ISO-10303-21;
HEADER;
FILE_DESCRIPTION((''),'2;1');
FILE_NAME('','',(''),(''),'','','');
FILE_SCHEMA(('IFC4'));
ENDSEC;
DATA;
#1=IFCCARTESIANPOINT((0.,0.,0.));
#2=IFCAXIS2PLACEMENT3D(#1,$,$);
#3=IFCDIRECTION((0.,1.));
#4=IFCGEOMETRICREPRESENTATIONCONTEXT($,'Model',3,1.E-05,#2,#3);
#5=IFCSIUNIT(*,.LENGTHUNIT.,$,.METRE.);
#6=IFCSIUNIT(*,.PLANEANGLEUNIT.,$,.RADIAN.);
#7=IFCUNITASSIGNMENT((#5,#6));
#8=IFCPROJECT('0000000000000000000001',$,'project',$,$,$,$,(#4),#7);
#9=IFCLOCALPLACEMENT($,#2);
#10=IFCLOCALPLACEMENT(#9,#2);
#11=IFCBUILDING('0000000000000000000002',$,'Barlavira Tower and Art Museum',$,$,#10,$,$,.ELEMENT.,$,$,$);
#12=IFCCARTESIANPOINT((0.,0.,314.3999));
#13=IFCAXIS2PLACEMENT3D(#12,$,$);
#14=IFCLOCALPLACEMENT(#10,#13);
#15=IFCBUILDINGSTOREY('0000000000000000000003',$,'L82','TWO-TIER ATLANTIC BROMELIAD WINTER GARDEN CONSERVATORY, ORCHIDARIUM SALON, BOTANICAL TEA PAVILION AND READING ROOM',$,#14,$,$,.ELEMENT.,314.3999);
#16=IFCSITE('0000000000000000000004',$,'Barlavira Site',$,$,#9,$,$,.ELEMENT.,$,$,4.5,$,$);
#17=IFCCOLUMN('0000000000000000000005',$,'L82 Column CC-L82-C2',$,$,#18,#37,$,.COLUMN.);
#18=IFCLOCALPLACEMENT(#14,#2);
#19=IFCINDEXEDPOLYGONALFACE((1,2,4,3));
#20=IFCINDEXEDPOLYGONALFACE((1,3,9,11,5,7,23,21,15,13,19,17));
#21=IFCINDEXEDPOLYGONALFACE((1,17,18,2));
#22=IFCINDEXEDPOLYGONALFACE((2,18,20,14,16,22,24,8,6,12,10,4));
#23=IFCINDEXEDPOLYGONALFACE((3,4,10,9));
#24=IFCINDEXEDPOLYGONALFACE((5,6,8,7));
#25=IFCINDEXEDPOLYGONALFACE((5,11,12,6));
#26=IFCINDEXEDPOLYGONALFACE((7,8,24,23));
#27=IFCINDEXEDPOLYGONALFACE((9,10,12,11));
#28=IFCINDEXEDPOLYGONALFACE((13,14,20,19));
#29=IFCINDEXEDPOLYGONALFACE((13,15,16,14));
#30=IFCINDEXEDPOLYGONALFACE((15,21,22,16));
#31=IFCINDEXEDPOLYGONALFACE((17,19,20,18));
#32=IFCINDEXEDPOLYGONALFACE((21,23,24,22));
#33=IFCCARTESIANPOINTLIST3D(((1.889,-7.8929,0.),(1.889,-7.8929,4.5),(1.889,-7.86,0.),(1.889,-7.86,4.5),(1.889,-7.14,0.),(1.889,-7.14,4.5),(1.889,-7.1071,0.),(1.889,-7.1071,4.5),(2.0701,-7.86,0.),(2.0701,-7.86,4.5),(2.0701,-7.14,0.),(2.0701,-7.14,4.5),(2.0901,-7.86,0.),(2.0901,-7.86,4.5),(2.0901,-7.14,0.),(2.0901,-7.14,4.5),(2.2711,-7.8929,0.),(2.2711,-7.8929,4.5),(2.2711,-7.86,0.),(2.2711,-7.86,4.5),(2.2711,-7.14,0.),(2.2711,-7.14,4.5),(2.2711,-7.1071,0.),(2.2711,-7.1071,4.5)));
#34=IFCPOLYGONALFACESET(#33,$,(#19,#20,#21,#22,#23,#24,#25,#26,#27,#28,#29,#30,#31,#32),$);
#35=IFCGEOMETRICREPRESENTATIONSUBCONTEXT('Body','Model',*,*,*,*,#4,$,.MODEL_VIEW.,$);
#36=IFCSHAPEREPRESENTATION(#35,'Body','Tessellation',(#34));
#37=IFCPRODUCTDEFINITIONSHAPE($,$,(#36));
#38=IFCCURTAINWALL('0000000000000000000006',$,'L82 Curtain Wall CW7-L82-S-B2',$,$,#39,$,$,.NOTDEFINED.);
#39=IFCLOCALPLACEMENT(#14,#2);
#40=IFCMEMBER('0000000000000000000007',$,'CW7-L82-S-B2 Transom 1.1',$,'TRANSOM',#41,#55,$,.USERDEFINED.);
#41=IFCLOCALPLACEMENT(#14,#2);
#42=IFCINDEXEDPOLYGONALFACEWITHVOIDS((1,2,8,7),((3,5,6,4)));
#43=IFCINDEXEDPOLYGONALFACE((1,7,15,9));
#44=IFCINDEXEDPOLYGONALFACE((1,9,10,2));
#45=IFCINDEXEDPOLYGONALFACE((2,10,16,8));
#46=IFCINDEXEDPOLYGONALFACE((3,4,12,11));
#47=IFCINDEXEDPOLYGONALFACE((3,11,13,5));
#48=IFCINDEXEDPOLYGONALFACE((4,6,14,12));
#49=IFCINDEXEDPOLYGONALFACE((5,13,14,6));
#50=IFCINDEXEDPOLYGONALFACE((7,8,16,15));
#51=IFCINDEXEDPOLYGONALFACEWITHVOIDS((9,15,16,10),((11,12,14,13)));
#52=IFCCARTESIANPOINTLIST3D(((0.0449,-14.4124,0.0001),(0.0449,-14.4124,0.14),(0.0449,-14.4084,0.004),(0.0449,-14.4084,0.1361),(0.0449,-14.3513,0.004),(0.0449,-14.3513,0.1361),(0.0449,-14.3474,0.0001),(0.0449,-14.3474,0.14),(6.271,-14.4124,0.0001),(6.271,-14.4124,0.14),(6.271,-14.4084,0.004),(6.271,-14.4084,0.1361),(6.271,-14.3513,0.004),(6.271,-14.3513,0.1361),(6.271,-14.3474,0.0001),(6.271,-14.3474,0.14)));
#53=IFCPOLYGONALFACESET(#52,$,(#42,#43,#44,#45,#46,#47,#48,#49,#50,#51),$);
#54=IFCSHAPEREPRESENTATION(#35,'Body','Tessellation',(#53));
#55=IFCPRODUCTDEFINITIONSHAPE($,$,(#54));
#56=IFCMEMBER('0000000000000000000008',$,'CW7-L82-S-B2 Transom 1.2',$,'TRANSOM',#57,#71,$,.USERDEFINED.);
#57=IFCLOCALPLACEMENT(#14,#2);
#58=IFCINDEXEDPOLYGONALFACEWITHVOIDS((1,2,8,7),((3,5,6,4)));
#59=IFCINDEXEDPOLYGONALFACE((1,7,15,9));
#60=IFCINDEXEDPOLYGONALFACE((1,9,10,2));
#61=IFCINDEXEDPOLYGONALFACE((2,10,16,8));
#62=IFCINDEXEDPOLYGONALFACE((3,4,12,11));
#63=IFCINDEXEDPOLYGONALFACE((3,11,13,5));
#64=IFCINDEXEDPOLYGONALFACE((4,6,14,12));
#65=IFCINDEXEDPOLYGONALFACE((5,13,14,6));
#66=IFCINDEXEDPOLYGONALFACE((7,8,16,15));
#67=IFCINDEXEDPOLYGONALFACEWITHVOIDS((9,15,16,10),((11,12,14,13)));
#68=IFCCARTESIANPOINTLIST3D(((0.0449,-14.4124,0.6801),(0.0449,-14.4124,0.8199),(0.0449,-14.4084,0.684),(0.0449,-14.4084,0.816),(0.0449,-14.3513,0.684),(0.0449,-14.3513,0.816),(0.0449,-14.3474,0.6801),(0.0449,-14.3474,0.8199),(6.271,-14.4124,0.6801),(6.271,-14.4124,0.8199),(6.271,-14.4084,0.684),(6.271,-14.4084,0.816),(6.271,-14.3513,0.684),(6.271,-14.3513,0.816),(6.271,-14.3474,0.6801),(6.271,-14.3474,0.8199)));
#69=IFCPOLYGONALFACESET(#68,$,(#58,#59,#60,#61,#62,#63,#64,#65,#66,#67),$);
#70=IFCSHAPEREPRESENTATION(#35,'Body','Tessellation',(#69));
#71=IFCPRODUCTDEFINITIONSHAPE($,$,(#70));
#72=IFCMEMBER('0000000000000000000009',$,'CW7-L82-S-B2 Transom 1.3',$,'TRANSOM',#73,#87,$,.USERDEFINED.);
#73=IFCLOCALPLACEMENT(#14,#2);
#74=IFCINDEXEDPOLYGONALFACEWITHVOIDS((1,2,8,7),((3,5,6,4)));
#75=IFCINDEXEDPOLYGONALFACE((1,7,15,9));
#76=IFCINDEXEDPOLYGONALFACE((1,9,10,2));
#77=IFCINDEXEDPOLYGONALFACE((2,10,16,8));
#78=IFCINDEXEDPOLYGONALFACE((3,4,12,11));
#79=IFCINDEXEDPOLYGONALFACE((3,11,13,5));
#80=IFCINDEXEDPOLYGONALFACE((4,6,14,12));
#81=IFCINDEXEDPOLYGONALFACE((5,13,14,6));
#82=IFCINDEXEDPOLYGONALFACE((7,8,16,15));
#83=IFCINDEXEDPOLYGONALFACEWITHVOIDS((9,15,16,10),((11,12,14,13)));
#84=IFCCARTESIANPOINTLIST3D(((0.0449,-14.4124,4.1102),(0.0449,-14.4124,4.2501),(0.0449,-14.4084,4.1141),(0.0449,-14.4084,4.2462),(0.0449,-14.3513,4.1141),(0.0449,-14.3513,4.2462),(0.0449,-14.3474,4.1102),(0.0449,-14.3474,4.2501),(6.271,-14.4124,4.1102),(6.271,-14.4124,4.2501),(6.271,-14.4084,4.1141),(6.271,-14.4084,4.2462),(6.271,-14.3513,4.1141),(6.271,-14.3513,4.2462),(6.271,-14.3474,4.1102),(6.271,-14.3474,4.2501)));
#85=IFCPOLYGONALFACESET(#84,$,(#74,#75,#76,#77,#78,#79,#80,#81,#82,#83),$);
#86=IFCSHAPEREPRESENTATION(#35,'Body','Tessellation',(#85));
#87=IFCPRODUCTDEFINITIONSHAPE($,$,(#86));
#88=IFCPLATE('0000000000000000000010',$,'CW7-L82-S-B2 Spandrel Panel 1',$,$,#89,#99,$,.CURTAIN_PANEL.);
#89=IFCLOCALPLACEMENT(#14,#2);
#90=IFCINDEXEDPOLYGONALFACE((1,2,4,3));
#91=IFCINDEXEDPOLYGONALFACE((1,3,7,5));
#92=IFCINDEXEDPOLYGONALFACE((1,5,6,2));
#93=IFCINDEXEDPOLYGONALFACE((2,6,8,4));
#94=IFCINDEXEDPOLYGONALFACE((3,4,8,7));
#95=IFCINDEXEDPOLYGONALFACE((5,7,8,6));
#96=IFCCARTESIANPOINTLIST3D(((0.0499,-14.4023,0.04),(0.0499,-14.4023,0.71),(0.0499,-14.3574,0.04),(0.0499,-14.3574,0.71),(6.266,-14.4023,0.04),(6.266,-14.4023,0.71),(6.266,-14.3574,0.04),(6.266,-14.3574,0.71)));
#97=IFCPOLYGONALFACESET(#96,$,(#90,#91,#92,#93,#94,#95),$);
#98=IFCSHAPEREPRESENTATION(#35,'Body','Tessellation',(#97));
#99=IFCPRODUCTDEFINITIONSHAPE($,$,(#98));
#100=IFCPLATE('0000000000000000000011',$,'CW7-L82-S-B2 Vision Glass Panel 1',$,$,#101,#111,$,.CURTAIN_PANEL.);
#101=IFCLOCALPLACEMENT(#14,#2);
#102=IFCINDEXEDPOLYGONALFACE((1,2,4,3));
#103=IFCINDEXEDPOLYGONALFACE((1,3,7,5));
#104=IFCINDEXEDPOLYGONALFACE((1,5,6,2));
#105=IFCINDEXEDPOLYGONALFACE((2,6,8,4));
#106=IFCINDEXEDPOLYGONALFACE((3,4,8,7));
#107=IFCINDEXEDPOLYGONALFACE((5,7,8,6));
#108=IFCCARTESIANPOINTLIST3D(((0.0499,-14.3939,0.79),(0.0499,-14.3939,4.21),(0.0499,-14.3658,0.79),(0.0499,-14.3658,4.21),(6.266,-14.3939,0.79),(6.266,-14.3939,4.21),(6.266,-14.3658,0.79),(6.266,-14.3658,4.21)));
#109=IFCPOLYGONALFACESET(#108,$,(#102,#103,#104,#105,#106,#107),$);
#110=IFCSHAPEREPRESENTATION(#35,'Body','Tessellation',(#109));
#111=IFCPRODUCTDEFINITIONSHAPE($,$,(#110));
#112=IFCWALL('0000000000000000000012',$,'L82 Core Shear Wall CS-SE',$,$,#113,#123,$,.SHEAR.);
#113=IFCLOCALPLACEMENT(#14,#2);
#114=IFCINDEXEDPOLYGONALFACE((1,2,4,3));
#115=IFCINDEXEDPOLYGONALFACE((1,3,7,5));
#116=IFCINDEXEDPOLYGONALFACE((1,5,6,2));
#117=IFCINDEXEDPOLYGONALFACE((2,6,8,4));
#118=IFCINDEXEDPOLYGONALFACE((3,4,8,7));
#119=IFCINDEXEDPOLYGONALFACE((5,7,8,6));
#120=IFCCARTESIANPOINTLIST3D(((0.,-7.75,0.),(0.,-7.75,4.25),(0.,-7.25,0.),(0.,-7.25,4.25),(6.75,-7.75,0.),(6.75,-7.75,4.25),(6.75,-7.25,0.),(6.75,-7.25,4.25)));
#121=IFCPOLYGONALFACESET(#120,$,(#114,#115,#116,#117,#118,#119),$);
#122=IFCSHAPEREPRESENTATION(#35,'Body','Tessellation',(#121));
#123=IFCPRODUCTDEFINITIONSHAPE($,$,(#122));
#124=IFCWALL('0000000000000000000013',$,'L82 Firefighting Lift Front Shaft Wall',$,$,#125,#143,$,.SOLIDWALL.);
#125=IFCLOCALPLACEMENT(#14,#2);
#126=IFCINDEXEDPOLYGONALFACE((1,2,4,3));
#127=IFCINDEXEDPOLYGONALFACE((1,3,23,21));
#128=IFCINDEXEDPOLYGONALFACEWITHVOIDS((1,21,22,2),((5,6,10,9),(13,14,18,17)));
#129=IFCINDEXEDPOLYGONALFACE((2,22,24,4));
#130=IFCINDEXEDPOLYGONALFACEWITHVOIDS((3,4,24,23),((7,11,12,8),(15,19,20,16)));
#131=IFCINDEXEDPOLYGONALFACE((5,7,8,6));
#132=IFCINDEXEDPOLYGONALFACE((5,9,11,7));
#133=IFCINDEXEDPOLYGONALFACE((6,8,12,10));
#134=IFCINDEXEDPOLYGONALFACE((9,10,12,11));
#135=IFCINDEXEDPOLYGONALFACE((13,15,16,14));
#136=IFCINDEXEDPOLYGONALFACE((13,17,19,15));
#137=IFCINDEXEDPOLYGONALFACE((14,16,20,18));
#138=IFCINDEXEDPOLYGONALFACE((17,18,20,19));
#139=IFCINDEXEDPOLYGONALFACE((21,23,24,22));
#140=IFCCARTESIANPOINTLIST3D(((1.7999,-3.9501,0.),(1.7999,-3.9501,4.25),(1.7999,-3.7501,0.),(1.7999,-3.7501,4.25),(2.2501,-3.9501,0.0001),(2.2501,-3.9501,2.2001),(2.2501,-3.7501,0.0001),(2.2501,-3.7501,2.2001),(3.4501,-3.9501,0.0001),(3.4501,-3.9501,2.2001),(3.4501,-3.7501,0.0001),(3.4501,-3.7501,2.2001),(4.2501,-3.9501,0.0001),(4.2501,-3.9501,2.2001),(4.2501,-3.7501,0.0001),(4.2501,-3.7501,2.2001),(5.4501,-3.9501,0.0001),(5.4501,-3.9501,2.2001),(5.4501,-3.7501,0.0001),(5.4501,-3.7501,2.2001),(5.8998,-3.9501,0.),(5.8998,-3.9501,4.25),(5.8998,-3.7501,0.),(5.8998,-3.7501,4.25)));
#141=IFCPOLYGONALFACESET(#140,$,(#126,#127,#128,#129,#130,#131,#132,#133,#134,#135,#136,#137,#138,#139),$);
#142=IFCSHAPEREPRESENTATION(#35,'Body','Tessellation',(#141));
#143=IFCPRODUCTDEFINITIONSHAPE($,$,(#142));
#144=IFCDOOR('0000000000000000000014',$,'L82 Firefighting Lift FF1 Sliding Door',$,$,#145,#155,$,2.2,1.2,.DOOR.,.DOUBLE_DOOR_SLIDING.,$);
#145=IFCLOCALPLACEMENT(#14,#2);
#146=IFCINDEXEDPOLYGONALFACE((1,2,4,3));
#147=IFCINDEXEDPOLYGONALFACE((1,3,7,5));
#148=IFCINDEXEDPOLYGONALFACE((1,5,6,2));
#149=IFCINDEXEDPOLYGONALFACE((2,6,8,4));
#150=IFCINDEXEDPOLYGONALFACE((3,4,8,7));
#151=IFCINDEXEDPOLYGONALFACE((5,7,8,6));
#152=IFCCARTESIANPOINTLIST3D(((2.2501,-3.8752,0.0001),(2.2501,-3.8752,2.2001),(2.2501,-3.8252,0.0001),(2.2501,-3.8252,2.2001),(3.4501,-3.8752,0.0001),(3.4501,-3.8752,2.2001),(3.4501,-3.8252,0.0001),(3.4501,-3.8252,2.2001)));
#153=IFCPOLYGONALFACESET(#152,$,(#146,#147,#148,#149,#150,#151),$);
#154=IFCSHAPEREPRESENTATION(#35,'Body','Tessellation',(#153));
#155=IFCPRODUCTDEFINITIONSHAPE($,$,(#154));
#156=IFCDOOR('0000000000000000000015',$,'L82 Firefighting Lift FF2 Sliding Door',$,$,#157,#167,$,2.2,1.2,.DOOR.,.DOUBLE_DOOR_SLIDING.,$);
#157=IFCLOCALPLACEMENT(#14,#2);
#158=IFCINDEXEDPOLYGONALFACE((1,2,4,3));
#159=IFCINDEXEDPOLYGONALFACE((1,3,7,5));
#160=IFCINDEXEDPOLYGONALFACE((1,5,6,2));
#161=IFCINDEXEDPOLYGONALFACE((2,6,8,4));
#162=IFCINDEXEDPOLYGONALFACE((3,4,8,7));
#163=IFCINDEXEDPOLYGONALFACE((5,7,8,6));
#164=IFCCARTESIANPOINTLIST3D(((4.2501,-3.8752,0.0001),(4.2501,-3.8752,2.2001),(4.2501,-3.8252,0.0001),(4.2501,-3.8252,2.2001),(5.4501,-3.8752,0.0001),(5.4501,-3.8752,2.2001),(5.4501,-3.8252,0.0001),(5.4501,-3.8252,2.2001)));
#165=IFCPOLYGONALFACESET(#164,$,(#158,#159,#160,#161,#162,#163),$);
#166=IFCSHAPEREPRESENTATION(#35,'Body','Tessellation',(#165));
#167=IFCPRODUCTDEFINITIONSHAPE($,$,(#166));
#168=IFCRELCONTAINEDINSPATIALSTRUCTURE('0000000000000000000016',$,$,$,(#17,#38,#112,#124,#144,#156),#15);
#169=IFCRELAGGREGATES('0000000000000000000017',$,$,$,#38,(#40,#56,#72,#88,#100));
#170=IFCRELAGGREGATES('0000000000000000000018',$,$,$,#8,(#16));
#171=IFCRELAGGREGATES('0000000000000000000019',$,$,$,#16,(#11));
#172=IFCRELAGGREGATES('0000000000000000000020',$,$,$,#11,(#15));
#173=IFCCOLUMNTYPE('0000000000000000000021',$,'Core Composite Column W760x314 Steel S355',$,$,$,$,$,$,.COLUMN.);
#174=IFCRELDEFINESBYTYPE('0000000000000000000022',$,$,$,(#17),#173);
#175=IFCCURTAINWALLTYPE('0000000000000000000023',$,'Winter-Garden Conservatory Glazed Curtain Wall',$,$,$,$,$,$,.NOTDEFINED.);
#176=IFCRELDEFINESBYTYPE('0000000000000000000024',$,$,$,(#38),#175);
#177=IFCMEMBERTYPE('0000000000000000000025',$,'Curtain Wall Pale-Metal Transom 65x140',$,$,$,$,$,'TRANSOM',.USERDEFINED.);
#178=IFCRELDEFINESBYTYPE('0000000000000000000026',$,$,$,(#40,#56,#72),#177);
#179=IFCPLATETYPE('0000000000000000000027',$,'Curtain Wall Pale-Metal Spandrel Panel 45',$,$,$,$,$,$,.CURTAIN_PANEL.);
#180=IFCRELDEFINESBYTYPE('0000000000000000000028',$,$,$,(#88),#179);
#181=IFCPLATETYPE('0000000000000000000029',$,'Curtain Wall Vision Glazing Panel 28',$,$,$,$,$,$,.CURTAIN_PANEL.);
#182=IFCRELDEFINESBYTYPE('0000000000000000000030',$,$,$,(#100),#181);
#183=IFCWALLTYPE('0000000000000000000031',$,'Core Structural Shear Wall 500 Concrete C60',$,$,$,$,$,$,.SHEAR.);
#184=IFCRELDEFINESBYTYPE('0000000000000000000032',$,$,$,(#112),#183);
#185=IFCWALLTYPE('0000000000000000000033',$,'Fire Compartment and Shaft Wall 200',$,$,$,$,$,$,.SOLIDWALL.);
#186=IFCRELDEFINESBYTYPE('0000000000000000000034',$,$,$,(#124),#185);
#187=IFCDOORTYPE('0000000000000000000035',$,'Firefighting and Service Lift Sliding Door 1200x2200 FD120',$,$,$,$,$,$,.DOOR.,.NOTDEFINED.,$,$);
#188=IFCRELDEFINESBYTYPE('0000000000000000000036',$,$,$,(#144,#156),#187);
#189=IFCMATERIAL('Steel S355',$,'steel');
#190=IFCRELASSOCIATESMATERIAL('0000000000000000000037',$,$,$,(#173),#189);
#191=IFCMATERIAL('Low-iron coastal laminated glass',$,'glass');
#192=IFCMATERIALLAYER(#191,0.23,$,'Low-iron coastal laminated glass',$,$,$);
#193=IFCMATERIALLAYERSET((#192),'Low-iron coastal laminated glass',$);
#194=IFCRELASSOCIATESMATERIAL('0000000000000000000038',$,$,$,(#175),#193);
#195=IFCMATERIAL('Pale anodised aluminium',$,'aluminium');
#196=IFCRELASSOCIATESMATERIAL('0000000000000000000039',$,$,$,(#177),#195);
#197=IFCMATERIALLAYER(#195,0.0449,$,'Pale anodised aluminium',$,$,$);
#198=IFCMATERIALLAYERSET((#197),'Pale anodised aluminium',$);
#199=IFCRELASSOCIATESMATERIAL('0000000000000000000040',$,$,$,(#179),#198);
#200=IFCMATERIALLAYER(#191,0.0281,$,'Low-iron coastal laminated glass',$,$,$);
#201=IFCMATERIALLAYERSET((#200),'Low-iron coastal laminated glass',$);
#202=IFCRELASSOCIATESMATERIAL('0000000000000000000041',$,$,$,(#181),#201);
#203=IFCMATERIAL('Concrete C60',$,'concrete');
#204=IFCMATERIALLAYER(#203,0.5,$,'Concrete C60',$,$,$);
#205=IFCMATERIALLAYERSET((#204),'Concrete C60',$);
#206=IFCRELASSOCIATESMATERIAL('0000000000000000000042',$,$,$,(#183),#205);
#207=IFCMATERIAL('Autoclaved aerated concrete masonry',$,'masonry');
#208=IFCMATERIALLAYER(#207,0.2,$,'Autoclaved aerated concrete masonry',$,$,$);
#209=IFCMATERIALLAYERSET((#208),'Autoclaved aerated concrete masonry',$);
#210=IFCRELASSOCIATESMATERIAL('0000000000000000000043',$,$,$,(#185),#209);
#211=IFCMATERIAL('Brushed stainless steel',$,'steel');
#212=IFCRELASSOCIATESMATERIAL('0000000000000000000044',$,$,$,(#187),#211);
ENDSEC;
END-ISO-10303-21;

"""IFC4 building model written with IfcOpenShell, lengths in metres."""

from ifc_helpers import new_model, si_unit, direction, frame, frame_2d, origin, origin_2d, place, context, subcontext, project, spatial, rectangle, hollow_rectangle, i_section, extrude, material, layer, layer_set, material_profile, profile_set, type_object, element, fill, aggregate, save


model = new_model("IFC4")

# Units and contexts
model_context = context("Model", 3, precision=1e-05, world=origin(), true_north=direction((0.0, 1.0)))
body_context = subcontext(model_context, "Body", "Model", "MODEL_VIEW")
ifc_project = project(units=[si_unit("LENGTHUNIT", "METRE"), si_unit("PLANEANGLEUNIT", "RADIAN")], contexts=[model_context])

# Site, building, storey
site_placement = place(None, origin())
site = spatial("IfcSite", under=ifc_project, at=site_placement, Name="Barlavira Site", CompositionType="ELEMENT", RefElevation=4.5)
building_placement = place(site_placement, origin())
building = spatial("IfcBuilding", under=site, at=building_placement, Name="Barlavira Tower and Art Museum", CompositionType="ELEMENT")
storey_placement = place(building_placement, frame((0.0, 0.0, 314.3999)))
storey = spatial("IfcBuildingStorey", under=building, at=storey_placement, Name="L82", Description="TWO-TIER ATLANTIC BROMELIAD WINTER GARDEN CONSERVATORY, ORCHIDARIUM SALON, BOTANICAL TEA PAVILION AND READING ROOM", CompositionType="ELEMENT", Elevation=314.3999)

# Column
ifc_material_1 = material(Name="Steel S355", Category="steel")
ifc_material_profile_1 = material_profile(ifc_material_1, i_section(OverallWidth=0.3821, OverallDepth=0.7859, WebThickness=0.02, FlangeThickness=0.033, at=origin_2d()), Name="W760x314.0")
ifc_profile_set_1 = profile_set([ifc_material_profile_1], Name="Steel S355")
column_type = type_object("IfcColumnType", Name="Core Composite Column W760x314 Steel S355", PredefinedType="COLUMN", material=ifc_profile_set_1)
column_placement = place(storey_placement, frame((2.0801, -7.5, 0.0), z_axis=(0.0, 0.0, 1.0), x_axis=(1.0, 0.0, 0.0)))
element("IfcColumn", 1, at=column_placement, inside=storey, type_object=column_type, Name="L82 Column CC-L82-C2", PredefinedType="COLUMN", context=body_context, shape_type="SweptSolid", body=[
    extrude(i_section(OverallWidth=0.3821, OverallDepth=0.7859, WebThickness=0.02, FlangeThickness=0.033, at=origin_2d()), origin(), (0.0, 0.0, 1.0), 4.5),
])

# Curtain wall, members, plates
ifc_material_2 = material(Name="Low-iron coastal laminated glass", Category="glass")
ifc_layer_1 = layer(ifc_material_2, 0.23, Name="Low-iron coastal laminated glass")
ifc_layer_set_1 = layer_set([ifc_layer_1], Name="Low-iron coastal laminated glass")
curtain_wall_type = type_object("IfcCurtainWallType", Name="Winter-Garden Conservatory Glazed Curtain Wall", PredefinedType="NOTDEFINED", material=ifc_layer_set_1)
curtain_wall_placement = place(storey_placement, origin())
curtain_wall = element("IfcCurtainWall", 2, at=curtain_wall_placement, inside=storey, type_object=curtain_wall_type, Name="L82 Curtain Wall CW7-L82-S-B2", PredefinedType="NOTDEFINED")
ifc_material_3 = material(Name="Pale anodised aluminium", Category="aluminium")
ifc_material_profile_2 = material_profile(ifc_material_3, hollow_rectangle(XDim=0.0649, YDim=0.1399, WallThickness=0.0039, at=origin_2d()), Name="ALU-TRAN 65x140x4")
ifc_profile_set_2 = profile_set([ifc_material_profile_2], Name="Pale anodised aluminium")
member_type = type_object("IfcMemberType", Name="Curtain Wall Pale-Metal Transom 65x140", ElementType="TRANSOM", PredefinedType="USERDEFINED", material=ifc_profile_set_2)
member_1_placement = place(storey_placement, frame((0.0449, -14.3799, 0.0701), z_axis=(1.0, 0.0, 0.0), x_axis=(0.0, 1.0, 0.0)))
member_1 = element("IfcMember", 3, at=member_1_placement, type_object=member_type, Name="CW7-L82-S-B2 Transom 1.1", ObjectType="TRANSOM", PredefinedType="USERDEFINED", context=body_context, shape_type="SweptSolid", body=[
    extrude(hollow_rectangle(XDim=0.0649, YDim=0.1399, WallThickness=0.0039, at=origin_2d()), origin(), (0.0, 0.0, 1.0), 6.2261),
])
member_2_placement = place(storey_placement, frame((0.0449, -14.3799, 0.75), z_axis=(1.0, 0.0, 0.0), x_axis=(0.0, 1.0, 0.0)))
member_2 = element("IfcMember", 4, at=member_2_placement, type_object=member_type, Name="CW7-L82-S-B2 Transom 1.2", ObjectType="TRANSOM", PredefinedType="USERDEFINED", context=body_context, shape_type="SweptSolid", body=[
    extrude(hollow_rectangle(XDim=0.0649, YDim=0.1399, WallThickness=0.0039, at=origin_2d()), origin(), (0.0, 0.0, 1.0), 6.2261),
])
member_3_placement = place(storey_placement, frame((0.0449, -14.3799, 4.1802), z_axis=(1.0, 0.0, 0.0), x_axis=(0.0, 1.0, 0.0)))
member_3 = element("IfcMember", 5, at=member_3_placement, type_object=member_type, Name="CW7-L82-S-B2 Transom 1.3", ObjectType="TRANSOM", PredefinedType="USERDEFINED", context=body_context, shape_type="SweptSolid", body=[
    extrude(hollow_rectangle(XDim=0.0649, YDim=0.1399, WallThickness=0.0039, at=origin_2d()), origin(), (0.0, 0.0, 1.0), 6.2261),
])
ifc_layer_2 = layer(ifc_material_3, 0.0449, Name="Pale anodised aluminium")
ifc_layer_set_2 = layer_set([ifc_layer_2], Name="Pale anodised aluminium")
plate_type_1 = type_object("IfcPlateType", Name="Curtain Wall Pale-Metal Spandrel Panel 45", PredefinedType="CURTAIN_PANEL", material=ifc_layer_set_2)
plate_1_placement = place(storey_placement, frame((3.158, -14.3799, 0.04), z_axis=(0.0, 0.0, 1.0), x_axis=(1.0, 0.0, 0.0)))
plate_1 = element("IfcPlate", 6, at=plate_1_placement, type_object=plate_type_1, Name="CW7-L82-S-B2 Spandrel Panel 1", PredefinedType="CURTAIN_PANEL", context=body_context, shape_type="SweptSolid", body=[
    extrude(rectangle(XDim=6.2161, YDim=0.0449, at=origin_2d()), origin(), (0.0, 0.0, 1.0), 0.6699),
])
ifc_layer_3 = layer(ifc_material_2, 0.0281, Name="Low-iron coastal laminated glass")
ifc_layer_set_3 = layer_set([ifc_layer_3], Name="Low-iron coastal laminated glass")
plate_type_2 = type_object("IfcPlateType", Name="Curtain Wall Vision Glazing Panel 28", PredefinedType="CURTAIN_PANEL", material=ifc_layer_set_3)
plate_2_placement = place(storey_placement, frame((3.158, -14.3799, 0.79), z_axis=(0.0, 0.0, 1.0), x_axis=(1.0, 0.0, 0.0)))
plate_2 = element("IfcPlate", 7, at=plate_2_placement, type_object=plate_type_2, Name="CW7-L82-S-B2 Vision Glass Panel 1", PredefinedType="CURTAIN_PANEL", context=body_context, shape_type="SweptSolid", body=[
    extrude(rectangle(XDim=6.2161, YDim=0.0281, at=origin_2d()), origin(), (0.0, 0.0, 1.0), 3.4199),
])
aggregate(curtain_wall, [member_1, member_2, member_3, plate_1, plate_2])

# Wall
ifc_material_4 = material(Name="Concrete C60", Category="concrete")
ifc_layer_4 = layer(ifc_material_4, 0.5, Name="Concrete C60")
ifc_layer_set_4 = layer_set([ifc_layer_4], Name="Concrete C60")
wall_type_1 = type_object("IfcWallType", Name="Core Structural Shear Wall 500 Concrete C60", PredefinedType="SHEAR", material=ifc_layer_set_4)
wall_1_placement = place(storey_placement, frame((0.0, -7.5, 0.0), z_axis=(0.0, 0.0, 1.0), x_axis=(1.0, 0.0, 0.0)))
element("IfcWall", 8, at=wall_1_placement, inside=storey, type_object=wall_type_1, Name="L82 Core Shear Wall CS-SE", PredefinedType="SHEAR", context=body_context, shape_type="SweptSolid", body=[
    extrude(rectangle(XDim=6.75, YDim=0.5, at=frame_2d((3.375, 0.0))), origin(), (0.0, 0.0, 1.0), 4.25),
])

# Wall, openings, doors
ifc_material_5 = material(Name="Autoclaved aerated concrete masonry", Category="masonry")
ifc_layer_5 = layer(ifc_material_5, 0.2, Name="Autoclaved aerated concrete masonry")
ifc_layer_set_5 = layer_set([ifc_layer_5], Name="Autoclaved aerated concrete masonry")
wall_type_2 = type_object("IfcWallType", Name="Fire Compartment and Shaft Wall 200", PredefinedType="SOLIDWALL", material=ifc_layer_set_5)
wall_2_placement = place(storey_placement, frame((1.8, -3.8501, 0.0), z_axis=(0.0, 0.0, 1.0), x_axis=(1.0, 0.0, 0.0)))
wall_2 = element("IfcWall", 9, at=wall_2_placement, inside=storey, type_object=wall_type_2, Name="L82 Firefighting Lift Front Shaft Wall", PredefinedType="SOLIDWALL", context=body_context, shape_type="SweptSolid", body=[
    extrude(rectangle(XDim=4.0999, YDim=0.2, at=frame_2d((2.0498, 0.0))), origin(), (0.0, 0.0, 1.0), 4.25),
])
opening_1_placement = place(wall_2_placement, frame((0.45, 0.0, 0.0)))
opening_1 = element("IfcOpeningElement", 10, at=opening_1_placement, cuts=wall_2, PredefinedType="OPENING", context=body_context, shape_type="SweptSolid", body=[
    extrude(rectangle(XDim=1.2, YDim=2.2, at=frame_2d((0.6001, 1.1001))), frame((0.0, 0.1099, 0.0), z_axis=(0.0, -1.0, 0.0), x_axis=(1.0, 0.0, 0.0)), (0.0, 0.0, 1.0), 0.22),
])
opening_2_placement = place(wall_2_placement, frame((2.45, 0.0, 0.0)))
opening_2 = element("IfcOpeningElement", 11, at=opening_2_placement, cuts=wall_2, PredefinedType="OPENING", context=body_context, shape_type="SweptSolid", body=[
    extrude(rectangle(XDim=1.2, YDim=2.2, at=frame_2d((0.6001, 1.1001))), frame((0.0, 0.1099, 0.0), z_axis=(0.0, -1.0, 0.0), x_axis=(1.0, 0.0, 0.0)), (0.0, 0.0, 1.0), 0.22),
])
ifc_material_6 = material(Name="Brushed stainless steel", Category="steel")
door_type_1 = type_object("IfcDoorType", Name="Firefighting and Service Lift Sliding Door 1200x2200 FD120", OperationType="NOTDEFINED", PredefinedType="DOOR", material=ifc_material_6)
door_1_placement = place(opening_1_placement, origin())
door_1 = element("IfcDoor", 12, at=door_1_placement, inside=storey, type_object=door_type_1, Name="L82 Firefighting Lift FF1 Sliding Door", OperationType="DOUBLE_DOOR_SLIDING", OverallHeight=2.2, OverallWidth=1.2, PredefinedType="DOOR", context=body_context, shape_type="SweptSolid", body=[
    extrude(rectangle(XDim=1.2, YDim=2.2, at=frame_2d((0.6001, 1.1001))), frame((0.0, 0.0249, 0.0), z_axis=(0.0, -1.0, 0.0), x_axis=(1.0, 0.0, 0.0)), (0.0, 0.0, 1.0), 0.05),
])
fill(opening_1, door_1)
door_2_placement = place(opening_2_placement, origin())
door_2 = element("IfcDoor", 13, at=door_2_placement, inside=storey, type_object=door_type_1, Name="L82 Firefighting Lift FF2 Sliding Door", OperationType="DOUBLE_DOOR_SLIDING", OverallHeight=2.2, OverallWidth=1.2, PredefinedType="DOOR", context=body_context, shape_type="SweptSolid", body=[
    extrude(rectangle(XDim=1.2, YDim=2.2, at=frame_2d((0.6001, 1.1001))), frame((0.0, 0.0249, 0.0), z_axis=(0.0, -1.0, 0.0), x_axis=(1.0, 0.0, 0.0)), (0.0, 0.0, 1.0), 0.05),
])
fill(opening_2, door_2)

save(model, "model.ifc")
